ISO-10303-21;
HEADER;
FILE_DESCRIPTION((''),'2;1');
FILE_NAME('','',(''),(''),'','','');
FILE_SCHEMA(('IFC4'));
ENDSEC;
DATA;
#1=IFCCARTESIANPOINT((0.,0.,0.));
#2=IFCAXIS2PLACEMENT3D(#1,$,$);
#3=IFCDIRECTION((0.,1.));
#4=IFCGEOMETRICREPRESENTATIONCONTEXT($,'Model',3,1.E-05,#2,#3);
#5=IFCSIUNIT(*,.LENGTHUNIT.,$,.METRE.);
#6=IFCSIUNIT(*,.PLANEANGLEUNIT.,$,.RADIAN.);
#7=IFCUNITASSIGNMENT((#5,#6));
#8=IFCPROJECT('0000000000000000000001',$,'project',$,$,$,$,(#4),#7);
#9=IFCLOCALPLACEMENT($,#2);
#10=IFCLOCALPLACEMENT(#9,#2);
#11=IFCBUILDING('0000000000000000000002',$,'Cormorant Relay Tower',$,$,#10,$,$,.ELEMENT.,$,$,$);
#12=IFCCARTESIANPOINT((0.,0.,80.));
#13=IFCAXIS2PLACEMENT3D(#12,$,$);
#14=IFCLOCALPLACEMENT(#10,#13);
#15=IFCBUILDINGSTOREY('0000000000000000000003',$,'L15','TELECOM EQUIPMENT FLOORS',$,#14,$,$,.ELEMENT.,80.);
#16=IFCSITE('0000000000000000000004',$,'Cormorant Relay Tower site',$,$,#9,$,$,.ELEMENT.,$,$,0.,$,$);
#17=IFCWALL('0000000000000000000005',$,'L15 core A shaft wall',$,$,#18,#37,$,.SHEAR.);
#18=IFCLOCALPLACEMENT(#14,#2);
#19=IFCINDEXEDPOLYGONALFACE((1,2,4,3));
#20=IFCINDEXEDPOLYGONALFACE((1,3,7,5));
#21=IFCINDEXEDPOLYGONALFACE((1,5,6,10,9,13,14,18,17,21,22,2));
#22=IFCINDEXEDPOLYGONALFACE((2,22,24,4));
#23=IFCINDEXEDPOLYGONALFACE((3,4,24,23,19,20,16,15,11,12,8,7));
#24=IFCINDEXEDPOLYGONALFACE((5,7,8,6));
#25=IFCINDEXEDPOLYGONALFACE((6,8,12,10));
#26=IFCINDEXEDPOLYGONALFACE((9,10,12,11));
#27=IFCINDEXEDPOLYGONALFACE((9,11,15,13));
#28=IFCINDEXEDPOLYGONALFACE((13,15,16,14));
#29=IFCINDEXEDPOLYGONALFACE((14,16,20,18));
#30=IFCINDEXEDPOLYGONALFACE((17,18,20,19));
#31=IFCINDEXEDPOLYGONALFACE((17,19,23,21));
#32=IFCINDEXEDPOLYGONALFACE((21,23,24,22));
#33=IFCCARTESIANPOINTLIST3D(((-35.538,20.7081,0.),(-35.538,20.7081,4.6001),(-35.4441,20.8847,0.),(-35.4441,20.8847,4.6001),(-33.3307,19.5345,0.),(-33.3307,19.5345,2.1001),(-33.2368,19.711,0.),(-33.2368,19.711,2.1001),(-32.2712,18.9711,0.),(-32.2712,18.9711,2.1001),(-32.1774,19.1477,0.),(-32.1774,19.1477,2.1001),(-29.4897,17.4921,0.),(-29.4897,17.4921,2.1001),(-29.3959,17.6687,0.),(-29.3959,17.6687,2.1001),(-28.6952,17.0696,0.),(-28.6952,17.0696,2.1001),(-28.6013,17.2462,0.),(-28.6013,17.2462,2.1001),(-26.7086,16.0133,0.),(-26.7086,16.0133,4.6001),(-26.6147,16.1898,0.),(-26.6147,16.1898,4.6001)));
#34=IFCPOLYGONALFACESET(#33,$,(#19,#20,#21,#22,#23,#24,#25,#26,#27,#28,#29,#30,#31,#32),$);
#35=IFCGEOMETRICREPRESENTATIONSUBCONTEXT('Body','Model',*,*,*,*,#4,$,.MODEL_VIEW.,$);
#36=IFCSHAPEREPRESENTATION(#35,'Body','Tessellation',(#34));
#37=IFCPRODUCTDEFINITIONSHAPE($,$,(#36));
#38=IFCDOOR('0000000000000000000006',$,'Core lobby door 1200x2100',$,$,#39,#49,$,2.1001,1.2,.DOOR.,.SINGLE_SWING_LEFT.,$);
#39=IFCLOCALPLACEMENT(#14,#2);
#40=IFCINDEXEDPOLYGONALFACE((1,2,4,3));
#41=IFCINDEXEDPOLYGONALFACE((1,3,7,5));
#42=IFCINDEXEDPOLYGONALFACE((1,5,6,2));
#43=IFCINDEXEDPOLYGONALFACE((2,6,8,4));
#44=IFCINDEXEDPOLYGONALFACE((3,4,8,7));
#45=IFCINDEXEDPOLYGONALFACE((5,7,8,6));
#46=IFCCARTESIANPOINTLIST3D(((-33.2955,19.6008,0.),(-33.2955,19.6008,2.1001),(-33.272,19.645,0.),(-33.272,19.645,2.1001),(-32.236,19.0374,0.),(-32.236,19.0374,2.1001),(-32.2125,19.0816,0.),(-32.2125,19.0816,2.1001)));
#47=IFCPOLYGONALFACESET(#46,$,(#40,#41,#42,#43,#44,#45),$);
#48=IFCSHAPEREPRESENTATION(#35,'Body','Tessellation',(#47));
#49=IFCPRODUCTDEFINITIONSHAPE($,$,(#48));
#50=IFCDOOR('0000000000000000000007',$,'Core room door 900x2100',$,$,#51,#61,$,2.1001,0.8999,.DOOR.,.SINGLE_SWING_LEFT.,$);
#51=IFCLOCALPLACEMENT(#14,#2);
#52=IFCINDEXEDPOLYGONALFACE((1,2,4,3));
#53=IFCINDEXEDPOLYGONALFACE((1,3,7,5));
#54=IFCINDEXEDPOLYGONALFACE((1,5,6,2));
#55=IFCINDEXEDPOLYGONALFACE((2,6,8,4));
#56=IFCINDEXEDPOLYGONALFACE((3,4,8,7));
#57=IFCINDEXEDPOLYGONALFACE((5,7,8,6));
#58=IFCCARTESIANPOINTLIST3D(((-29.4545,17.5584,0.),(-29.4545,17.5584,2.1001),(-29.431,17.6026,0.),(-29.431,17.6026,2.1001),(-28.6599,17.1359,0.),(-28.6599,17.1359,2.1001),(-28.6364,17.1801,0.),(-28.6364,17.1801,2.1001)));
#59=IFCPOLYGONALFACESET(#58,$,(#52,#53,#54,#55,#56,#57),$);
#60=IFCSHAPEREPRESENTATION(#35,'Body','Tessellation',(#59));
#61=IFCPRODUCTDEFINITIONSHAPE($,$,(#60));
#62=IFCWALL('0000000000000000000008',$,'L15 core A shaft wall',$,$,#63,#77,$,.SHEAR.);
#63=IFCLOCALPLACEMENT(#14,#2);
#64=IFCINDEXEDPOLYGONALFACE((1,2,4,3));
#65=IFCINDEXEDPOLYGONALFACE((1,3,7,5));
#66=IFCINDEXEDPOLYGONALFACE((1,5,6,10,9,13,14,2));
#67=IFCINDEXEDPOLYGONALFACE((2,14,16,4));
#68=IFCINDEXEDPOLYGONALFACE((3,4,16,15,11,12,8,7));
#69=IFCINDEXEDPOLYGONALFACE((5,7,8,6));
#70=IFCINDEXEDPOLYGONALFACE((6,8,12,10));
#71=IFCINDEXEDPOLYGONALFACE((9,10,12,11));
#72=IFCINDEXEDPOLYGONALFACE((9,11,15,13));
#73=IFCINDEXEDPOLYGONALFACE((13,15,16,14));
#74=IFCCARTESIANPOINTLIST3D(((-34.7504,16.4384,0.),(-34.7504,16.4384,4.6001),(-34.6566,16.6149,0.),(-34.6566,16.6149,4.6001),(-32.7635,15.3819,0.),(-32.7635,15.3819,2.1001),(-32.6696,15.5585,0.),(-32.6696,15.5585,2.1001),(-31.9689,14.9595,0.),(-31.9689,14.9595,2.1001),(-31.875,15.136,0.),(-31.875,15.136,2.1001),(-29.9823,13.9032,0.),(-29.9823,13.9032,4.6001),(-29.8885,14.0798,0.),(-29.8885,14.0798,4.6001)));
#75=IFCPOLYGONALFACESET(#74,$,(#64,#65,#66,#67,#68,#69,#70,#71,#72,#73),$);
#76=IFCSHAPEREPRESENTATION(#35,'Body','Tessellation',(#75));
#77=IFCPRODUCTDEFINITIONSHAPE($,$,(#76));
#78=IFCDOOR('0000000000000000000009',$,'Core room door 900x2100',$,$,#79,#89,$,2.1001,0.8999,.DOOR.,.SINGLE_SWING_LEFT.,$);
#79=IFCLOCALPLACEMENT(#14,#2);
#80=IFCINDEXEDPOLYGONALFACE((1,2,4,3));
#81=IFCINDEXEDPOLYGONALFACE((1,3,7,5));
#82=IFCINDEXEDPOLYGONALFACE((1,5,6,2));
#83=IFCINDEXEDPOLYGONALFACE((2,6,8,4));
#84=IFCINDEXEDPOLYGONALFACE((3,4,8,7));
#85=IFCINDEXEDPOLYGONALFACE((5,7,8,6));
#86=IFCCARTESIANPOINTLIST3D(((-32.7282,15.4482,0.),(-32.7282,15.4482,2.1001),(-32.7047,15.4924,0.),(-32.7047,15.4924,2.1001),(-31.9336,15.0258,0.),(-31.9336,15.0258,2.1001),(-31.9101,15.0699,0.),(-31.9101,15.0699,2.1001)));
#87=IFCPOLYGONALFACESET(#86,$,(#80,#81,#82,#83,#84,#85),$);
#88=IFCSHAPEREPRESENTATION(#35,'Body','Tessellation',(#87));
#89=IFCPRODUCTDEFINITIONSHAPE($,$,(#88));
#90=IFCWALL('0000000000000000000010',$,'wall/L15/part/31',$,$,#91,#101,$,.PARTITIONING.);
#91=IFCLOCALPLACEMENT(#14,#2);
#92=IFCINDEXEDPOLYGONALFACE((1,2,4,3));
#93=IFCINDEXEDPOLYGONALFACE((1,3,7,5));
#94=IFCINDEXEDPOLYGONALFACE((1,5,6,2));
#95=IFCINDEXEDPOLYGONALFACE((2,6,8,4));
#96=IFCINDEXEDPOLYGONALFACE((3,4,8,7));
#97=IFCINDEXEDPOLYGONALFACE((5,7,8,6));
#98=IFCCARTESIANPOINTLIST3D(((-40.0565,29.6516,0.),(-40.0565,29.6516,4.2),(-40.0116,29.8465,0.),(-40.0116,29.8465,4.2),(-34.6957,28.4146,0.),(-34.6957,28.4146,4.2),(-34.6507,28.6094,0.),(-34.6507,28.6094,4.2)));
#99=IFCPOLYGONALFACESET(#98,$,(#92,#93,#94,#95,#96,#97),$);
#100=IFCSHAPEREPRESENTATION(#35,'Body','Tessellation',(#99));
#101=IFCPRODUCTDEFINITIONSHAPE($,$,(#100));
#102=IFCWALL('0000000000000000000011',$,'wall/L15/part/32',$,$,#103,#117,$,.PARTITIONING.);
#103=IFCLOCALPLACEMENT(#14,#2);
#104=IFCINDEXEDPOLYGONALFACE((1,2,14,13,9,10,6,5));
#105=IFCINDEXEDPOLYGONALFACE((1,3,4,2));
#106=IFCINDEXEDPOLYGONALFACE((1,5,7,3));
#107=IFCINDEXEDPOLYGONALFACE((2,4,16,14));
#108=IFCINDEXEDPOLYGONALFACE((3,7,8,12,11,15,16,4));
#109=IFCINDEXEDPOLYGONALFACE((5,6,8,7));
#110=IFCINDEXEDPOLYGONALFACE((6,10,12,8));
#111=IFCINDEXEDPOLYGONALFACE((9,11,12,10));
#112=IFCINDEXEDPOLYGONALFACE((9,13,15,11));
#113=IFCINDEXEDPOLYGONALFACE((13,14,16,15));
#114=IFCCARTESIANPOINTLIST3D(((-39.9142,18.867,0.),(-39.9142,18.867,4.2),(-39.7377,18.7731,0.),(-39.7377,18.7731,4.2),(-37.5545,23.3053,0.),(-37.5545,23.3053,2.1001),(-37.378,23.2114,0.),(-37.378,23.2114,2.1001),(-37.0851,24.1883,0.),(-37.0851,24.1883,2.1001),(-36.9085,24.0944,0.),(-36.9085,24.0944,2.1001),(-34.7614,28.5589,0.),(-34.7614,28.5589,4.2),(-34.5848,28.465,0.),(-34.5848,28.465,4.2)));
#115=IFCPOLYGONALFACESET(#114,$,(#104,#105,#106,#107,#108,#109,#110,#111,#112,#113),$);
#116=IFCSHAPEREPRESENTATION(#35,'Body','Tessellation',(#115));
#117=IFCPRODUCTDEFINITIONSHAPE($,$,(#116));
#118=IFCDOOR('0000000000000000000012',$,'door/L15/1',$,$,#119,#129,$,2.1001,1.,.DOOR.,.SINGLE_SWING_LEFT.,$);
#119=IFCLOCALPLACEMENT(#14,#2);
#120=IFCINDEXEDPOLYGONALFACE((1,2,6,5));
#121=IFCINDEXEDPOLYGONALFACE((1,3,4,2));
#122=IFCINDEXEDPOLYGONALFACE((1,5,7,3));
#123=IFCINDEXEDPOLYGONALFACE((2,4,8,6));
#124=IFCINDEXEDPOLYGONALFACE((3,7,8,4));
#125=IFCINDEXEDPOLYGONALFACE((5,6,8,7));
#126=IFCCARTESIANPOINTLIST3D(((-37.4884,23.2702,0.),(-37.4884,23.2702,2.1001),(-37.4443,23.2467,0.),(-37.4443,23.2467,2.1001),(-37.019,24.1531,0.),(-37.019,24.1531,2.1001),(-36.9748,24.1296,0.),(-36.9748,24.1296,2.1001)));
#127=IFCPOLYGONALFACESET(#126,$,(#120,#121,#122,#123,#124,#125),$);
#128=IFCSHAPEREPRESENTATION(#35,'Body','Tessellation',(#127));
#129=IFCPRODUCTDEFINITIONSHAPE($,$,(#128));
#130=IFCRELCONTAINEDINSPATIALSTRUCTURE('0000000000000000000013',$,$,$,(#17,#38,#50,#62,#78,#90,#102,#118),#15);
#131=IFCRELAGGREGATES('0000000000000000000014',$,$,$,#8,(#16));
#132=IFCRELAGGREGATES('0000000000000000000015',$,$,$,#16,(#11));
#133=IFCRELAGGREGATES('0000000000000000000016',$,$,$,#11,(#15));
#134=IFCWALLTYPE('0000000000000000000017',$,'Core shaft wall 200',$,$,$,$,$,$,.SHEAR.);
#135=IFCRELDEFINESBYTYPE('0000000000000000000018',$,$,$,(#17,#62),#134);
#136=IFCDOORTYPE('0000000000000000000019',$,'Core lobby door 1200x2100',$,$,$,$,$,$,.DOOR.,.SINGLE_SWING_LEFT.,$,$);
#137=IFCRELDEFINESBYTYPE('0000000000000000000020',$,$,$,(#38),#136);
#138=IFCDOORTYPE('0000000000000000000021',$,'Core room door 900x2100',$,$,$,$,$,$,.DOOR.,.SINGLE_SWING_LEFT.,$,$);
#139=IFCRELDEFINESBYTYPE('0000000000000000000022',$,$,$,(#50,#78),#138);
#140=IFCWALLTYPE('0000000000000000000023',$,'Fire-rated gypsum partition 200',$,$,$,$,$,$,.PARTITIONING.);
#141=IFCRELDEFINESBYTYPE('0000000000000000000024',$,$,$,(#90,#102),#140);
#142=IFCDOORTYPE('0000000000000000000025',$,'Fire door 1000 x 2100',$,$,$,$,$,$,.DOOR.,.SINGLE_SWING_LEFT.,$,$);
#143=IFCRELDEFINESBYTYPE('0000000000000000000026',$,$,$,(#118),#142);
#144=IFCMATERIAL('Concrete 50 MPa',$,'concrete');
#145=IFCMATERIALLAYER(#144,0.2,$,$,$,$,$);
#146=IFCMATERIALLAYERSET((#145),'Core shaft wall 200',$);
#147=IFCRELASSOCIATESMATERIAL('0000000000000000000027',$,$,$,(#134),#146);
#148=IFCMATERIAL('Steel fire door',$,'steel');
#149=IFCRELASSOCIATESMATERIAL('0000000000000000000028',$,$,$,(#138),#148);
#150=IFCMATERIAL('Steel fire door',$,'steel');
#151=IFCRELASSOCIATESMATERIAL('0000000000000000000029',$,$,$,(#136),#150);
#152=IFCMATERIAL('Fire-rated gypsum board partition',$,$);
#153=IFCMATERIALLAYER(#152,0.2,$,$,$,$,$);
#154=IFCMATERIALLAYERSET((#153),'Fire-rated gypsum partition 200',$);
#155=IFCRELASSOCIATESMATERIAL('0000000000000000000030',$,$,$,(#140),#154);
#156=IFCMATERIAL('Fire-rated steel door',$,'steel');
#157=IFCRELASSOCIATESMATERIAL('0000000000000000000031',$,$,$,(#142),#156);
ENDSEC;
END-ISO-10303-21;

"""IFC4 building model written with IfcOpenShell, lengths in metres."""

from ifc_helpers import new_model, si_unit, direction, frame, frame_2d, origin, place, context, subcontext, project, spatial, rectangle, extrude, material, layer, layer_set, type_object, element, fill, save


model = new_model("IFC4")

# Units and contexts
model_context = context("Model", 3, precision=1e-05, world=origin(), true_north=direction((0.0, 1.0)))
body_context = subcontext(model_context, "Body", "Model", "MODEL_VIEW")
ifc_project = project(units=[si_unit("LENGTHUNIT", "METRE"), si_unit("PLANEANGLEUNIT", "RADIAN")], contexts=[model_context])

# Site, building, storey
site_placement = place(None, origin())
site = spatial("IfcSite", under=ifc_project, at=site_placement, Name="Cormorant Relay Tower site", CompositionType="ELEMENT", RefElevation=0.0)
building_placement = place(site_placement, origin())
building = spatial("IfcBuilding", under=site, at=building_placement, Name="Cormorant Relay Tower", CompositionType="ELEMENT")
storey_placement = place(building_placement, frame((0.0, 0.0, 80.0)))
storey = spatial("IfcBuildingStorey", under=building, at=storey_placement, Name="L15", Description="TELECOM EQUIPMENT FLOORS", CompositionType="ELEMENT", Elevation=80.0)

# Shared definitions
ifc_material_1 = material(Name="Concrete 50 MPa", Category="concrete")
ifc_layer_1 = layer(ifc_material_1, 0.2)
ifc_layer_set_1 = layer_set([ifc_layer_1], Name="Core shaft wall 200")
wall_type_1 = type_object("IfcWallType", Name="Core shaft wall 200", PredefinedType="SHEAR", material=ifc_layer_set_1)
ifc_material_2 = material(Name="Steel fire door", Category="steel")
door_type_1 = type_object("IfcDoorType", Name="Core room door 900x2100", OperationType="SINGLE_SWING_LEFT", PredefinedType="DOOR", material=ifc_material_2)

# Wall, openings, doors
wall_1_placement = place(storey_placement, frame((-26.6616, 16.1016, 0.0), z_axis=(0.0, 0.0, 1.0), x_axis=(-0.88294, 0.469485, 0.0)))
wall_1 = element("IfcWall", 1, at=wall_1_placement, inside=storey, type_object=wall_type_1, Name="L15 core A shaft wall", PredefinedType="SHEAR", context=body_context, shape_type="SweptSolid", body=[
    extrude(rectangle(XDim=10.0, YDim=0.2, at=frame_2d((5.0, 0.0))), origin(), (0.0, 0.0, 1.0), 4.6001),
])
opening_1_placement = place(wall_1_placement, frame((6.3, 0.0, 0.0)))
opening_1 = element("IfcOpeningElement", 2, at=opening_1_placement, cuts=wall_1, PredefinedType="OPENING", context=body_context, shape_type="SweptSolid", body=[
    extrude(rectangle(XDim=1.2, YDim=2.1001, at=frame_2d((0.6001, 1.05))), frame((0.0, 0.1099, 0.0), z_axis=(0.0, -1.0, 0.0), x_axis=(1.0, 0.0, 0.0)), (0.0, 0.0, 1.0), 0.22),
])
opening_2_placement = place(wall_1_placement, frame((2.25, 0.0, 0.0)))
opening_2 = element("IfcOpeningElement", 3, at=opening_2_placement, cuts=wall_1, PredefinedType="OPENING", context=body_context, shape_type="SweptSolid", body=[
    extrude(rectangle(XDim=0.8999, YDim=2.1001, at=frame_2d((0.45, 1.05))), frame((0.0, 0.1099, 0.0), z_axis=(0.0, -1.0, 0.0), x_axis=(1.0, 0.0, 0.0)), (0.0, 0.0, 1.0), 0.22),
])
ifc_material_3 = material(Name="Steel fire door", Category="steel")
door_type_2 = type_object("IfcDoorType", Name="Core lobby door 1200x2100", OperationType="SINGLE_SWING_LEFT", PredefinedType="DOOR", material=ifc_material_3)
door_1_placement = place(opening_1_placement, origin())
door_1 = element("IfcDoor", 4, at=door_1_placement, inside=storey, type_object=door_type_2, Name="Core lobby door 1200x2100", OperationType="SINGLE_SWING_LEFT", OverallHeight=2.1001, OverallWidth=1.2, PredefinedType="DOOR", context=body_context, shape_type="SweptSolid", body=[
    extrude(rectangle(XDim=1.2, YDim=2.1001, at=frame_2d((0.6001, 1.05))), frame((0.0, 0.0249, 0.0), z_axis=(0.0, -1.0, 0.0), x_axis=(1.0, 0.0, 0.0)), (0.0, 0.0, 1.0), 0.05),
])
fill(opening_1, door_1)
door_2_placement = place(opening_2_placement, origin())
door_2 = element("IfcDoor", 5, at=door_2_placement, inside=storey, type_object=door_type_1, Name="Core room door 900x2100", OperationType="SINGLE_SWING_LEFT", OverallHeight=2.1001, OverallWidth=0.8999, PredefinedType="DOOR", context=body_context, shape_type="SweptSolid", body=[
    extrude(rectangle(XDim=0.8999, YDim=2.1001, at=frame_2d((0.45, 1.05))), frame((0.0, 0.0249, 0.0), z_axis=(0.0, -1.0, 0.0), x_axis=(1.0, 0.0, 0.0)), (0.0, 0.0, 1.0), 0.05),
])
fill(opening_2, door_2)

# Wall, opening, door
wall_2_placement = place(storey_placement, frame((-29.9353, 13.9915, 0.0), z_axis=(0.0, 0.0, 1.0), x_axis=(-0.882953, 0.469462, 0.0)))
wall_2 = element("IfcWall", 6, at=wall_2_placement, inside=storey, type_object=wall_type_1, Name="L15 core A shaft wall", PredefinedType="SHEAR", context=body_context, shape_type="SweptSolid", body=[
    extrude(rectangle(XDim=5.4001, YDim=0.2, at=frame_2d((2.7002, 0.0))), origin(), (0.0, 0.0, 1.0), 4.6001),
])
opening_3_placement = place(wall_2_placement, frame((2.25, 0.0, 0.0)))
opening_3 = element("IfcOpeningElement", 7, at=opening_3_placement, cuts=wall_2, PredefinedType="OPENING", context=body_context, shape_type="SweptSolid", body=[
    extrude(rectangle(XDim=0.8999, YDim=2.1001, at=frame_2d((0.45, 1.05))), frame((0.0, 0.1099, 0.0), z_axis=(0.0, -1.0, 0.0), x_axis=(1.0, 0.0, 0.0)), (0.0, 0.0, 1.0), 0.22),
])
door_3_placement = place(opening_3_placement, origin())
door_3 = element("IfcDoor", 8, at=door_3_placement, inside=storey, type_object=door_type_1, Name="Core room door 900x2100", OperationType="SINGLE_SWING_LEFT", OverallHeight=2.1001, OverallWidth=0.8999, PredefinedType="DOOR", context=body_context, shape_type="SweptSolid", body=[
    extrude(rectangle(XDim=0.8999, YDim=2.1001, at=frame_2d((0.45, 1.05))), frame((0.0, 0.0249, 0.0), z_axis=(0.0, -1.0, 0.0), x_axis=(1.0, 0.0, 0.0)), (0.0, 0.0, 1.0), 0.05),
])
fill(opening_3, door_3)

# Wall
ifc_material_4 = material(Name="Fire-rated gypsum board partition")
ifc_layer_2 = layer(ifc_material_4, 0.2)
ifc_layer_set_2 = layer_set([ifc_layer_2], Name="Fire-rated gypsum partition 200")
wall_type_2 = type_object("IfcWallType", Name="Fire-rated gypsum partition 200", PredefinedType="PARTITIONING", material=ifc_layer_set_2)
wall_3_placement = place(storey_placement, frame((-34.6731, 28.512, 0.0), z_axis=(0.0, 0.0, 1.0), x_axis=(-0.974393, 0.22485, 0.0)))
element("IfcWall", 9, at=wall_3_placement, inside=storey, type_object=wall_type_2, Name="wall/L15/part/31", PredefinedType="PARTITIONING", context=body_context, shape_type="SweptSolid", body=[
    extrude(rectangle(XDim=5.5017, YDim=0.2, at=frame_2d((2.751, 0.0))), origin(), (0.0, 0.0, 1.0), 4.2),
])

# Wall, opening, door
wall_4_placement = place(storey_placement, frame((-34.6731, 28.512, 0.0), z_axis=(0.0, 0.0, 1.0), x_axis=(-0.46944, -0.882964, 0.0)))
wall_4 = element("IfcWall", 10, at=wall_4_placement, inside=storey, type_object=wall_type_2, Name="wall/L15/part/32", PredefinedType="PARTITIONING", context=body_context, shape_type="SweptSolid", body=[
    extrude(rectangle(XDim=10.9766, YDim=0.2, at=frame_2d((5.4883, 0.0))), origin(), (0.0, 0.0, 1.0), 4.2),
])
opening_4_placement = place(wall_4_placement, frame((4.95, 0.0, 0.0)))
opening_4 = element("IfcOpeningElement", 11, at=opening_4_placement, cuts=wall_4, PredefinedType="OPENING", context=body_context, shape_type="SweptSolid", body=[
    extrude(rectangle(XDim=1.0, YDim=2.1001, at=frame_2d((0.5, 1.05))), frame((0.0, 0.1099, 0.0), z_axis=(0.0, -1.0, 0.0), x_axis=(1.0, 0.0, 0.0)), (0.0, 0.0, 1.0), 0.22),
])
ifc_material_5 = material(Name="Fire-rated steel door", Category="steel")
door_type_3 = type_object("IfcDoorType", Name="Fire door 1000 x 2100", OperationType="SINGLE_SWING_LEFT", PredefinedType="DOOR", material=ifc_material_5)
door_4_placement = place(opening_4_placement, origin())
door_4 = element("IfcDoor", 12, at=door_4_placement, inside=storey, type_object=door_type_3, Name="door/L15/1", OperationType="SINGLE_SWING_LEFT", OverallHeight=2.1001, OverallWidth=1.0, PredefinedType="DOOR", context=body_context, shape_type="SweptSolid", body=[
    extrude(rectangle(XDim=1.0, YDim=2.1001, at=frame_2d((0.5, 1.05))), frame((0.0, 0.0249, 0.0), z_axis=(0.0, -1.0, 0.0), x_axis=(1.0, 0.0, 0.0)), (0.0, 0.0, 1.0), 0.05),
])
fill(opening_4, door_4)

save(model, "model.ifc")
